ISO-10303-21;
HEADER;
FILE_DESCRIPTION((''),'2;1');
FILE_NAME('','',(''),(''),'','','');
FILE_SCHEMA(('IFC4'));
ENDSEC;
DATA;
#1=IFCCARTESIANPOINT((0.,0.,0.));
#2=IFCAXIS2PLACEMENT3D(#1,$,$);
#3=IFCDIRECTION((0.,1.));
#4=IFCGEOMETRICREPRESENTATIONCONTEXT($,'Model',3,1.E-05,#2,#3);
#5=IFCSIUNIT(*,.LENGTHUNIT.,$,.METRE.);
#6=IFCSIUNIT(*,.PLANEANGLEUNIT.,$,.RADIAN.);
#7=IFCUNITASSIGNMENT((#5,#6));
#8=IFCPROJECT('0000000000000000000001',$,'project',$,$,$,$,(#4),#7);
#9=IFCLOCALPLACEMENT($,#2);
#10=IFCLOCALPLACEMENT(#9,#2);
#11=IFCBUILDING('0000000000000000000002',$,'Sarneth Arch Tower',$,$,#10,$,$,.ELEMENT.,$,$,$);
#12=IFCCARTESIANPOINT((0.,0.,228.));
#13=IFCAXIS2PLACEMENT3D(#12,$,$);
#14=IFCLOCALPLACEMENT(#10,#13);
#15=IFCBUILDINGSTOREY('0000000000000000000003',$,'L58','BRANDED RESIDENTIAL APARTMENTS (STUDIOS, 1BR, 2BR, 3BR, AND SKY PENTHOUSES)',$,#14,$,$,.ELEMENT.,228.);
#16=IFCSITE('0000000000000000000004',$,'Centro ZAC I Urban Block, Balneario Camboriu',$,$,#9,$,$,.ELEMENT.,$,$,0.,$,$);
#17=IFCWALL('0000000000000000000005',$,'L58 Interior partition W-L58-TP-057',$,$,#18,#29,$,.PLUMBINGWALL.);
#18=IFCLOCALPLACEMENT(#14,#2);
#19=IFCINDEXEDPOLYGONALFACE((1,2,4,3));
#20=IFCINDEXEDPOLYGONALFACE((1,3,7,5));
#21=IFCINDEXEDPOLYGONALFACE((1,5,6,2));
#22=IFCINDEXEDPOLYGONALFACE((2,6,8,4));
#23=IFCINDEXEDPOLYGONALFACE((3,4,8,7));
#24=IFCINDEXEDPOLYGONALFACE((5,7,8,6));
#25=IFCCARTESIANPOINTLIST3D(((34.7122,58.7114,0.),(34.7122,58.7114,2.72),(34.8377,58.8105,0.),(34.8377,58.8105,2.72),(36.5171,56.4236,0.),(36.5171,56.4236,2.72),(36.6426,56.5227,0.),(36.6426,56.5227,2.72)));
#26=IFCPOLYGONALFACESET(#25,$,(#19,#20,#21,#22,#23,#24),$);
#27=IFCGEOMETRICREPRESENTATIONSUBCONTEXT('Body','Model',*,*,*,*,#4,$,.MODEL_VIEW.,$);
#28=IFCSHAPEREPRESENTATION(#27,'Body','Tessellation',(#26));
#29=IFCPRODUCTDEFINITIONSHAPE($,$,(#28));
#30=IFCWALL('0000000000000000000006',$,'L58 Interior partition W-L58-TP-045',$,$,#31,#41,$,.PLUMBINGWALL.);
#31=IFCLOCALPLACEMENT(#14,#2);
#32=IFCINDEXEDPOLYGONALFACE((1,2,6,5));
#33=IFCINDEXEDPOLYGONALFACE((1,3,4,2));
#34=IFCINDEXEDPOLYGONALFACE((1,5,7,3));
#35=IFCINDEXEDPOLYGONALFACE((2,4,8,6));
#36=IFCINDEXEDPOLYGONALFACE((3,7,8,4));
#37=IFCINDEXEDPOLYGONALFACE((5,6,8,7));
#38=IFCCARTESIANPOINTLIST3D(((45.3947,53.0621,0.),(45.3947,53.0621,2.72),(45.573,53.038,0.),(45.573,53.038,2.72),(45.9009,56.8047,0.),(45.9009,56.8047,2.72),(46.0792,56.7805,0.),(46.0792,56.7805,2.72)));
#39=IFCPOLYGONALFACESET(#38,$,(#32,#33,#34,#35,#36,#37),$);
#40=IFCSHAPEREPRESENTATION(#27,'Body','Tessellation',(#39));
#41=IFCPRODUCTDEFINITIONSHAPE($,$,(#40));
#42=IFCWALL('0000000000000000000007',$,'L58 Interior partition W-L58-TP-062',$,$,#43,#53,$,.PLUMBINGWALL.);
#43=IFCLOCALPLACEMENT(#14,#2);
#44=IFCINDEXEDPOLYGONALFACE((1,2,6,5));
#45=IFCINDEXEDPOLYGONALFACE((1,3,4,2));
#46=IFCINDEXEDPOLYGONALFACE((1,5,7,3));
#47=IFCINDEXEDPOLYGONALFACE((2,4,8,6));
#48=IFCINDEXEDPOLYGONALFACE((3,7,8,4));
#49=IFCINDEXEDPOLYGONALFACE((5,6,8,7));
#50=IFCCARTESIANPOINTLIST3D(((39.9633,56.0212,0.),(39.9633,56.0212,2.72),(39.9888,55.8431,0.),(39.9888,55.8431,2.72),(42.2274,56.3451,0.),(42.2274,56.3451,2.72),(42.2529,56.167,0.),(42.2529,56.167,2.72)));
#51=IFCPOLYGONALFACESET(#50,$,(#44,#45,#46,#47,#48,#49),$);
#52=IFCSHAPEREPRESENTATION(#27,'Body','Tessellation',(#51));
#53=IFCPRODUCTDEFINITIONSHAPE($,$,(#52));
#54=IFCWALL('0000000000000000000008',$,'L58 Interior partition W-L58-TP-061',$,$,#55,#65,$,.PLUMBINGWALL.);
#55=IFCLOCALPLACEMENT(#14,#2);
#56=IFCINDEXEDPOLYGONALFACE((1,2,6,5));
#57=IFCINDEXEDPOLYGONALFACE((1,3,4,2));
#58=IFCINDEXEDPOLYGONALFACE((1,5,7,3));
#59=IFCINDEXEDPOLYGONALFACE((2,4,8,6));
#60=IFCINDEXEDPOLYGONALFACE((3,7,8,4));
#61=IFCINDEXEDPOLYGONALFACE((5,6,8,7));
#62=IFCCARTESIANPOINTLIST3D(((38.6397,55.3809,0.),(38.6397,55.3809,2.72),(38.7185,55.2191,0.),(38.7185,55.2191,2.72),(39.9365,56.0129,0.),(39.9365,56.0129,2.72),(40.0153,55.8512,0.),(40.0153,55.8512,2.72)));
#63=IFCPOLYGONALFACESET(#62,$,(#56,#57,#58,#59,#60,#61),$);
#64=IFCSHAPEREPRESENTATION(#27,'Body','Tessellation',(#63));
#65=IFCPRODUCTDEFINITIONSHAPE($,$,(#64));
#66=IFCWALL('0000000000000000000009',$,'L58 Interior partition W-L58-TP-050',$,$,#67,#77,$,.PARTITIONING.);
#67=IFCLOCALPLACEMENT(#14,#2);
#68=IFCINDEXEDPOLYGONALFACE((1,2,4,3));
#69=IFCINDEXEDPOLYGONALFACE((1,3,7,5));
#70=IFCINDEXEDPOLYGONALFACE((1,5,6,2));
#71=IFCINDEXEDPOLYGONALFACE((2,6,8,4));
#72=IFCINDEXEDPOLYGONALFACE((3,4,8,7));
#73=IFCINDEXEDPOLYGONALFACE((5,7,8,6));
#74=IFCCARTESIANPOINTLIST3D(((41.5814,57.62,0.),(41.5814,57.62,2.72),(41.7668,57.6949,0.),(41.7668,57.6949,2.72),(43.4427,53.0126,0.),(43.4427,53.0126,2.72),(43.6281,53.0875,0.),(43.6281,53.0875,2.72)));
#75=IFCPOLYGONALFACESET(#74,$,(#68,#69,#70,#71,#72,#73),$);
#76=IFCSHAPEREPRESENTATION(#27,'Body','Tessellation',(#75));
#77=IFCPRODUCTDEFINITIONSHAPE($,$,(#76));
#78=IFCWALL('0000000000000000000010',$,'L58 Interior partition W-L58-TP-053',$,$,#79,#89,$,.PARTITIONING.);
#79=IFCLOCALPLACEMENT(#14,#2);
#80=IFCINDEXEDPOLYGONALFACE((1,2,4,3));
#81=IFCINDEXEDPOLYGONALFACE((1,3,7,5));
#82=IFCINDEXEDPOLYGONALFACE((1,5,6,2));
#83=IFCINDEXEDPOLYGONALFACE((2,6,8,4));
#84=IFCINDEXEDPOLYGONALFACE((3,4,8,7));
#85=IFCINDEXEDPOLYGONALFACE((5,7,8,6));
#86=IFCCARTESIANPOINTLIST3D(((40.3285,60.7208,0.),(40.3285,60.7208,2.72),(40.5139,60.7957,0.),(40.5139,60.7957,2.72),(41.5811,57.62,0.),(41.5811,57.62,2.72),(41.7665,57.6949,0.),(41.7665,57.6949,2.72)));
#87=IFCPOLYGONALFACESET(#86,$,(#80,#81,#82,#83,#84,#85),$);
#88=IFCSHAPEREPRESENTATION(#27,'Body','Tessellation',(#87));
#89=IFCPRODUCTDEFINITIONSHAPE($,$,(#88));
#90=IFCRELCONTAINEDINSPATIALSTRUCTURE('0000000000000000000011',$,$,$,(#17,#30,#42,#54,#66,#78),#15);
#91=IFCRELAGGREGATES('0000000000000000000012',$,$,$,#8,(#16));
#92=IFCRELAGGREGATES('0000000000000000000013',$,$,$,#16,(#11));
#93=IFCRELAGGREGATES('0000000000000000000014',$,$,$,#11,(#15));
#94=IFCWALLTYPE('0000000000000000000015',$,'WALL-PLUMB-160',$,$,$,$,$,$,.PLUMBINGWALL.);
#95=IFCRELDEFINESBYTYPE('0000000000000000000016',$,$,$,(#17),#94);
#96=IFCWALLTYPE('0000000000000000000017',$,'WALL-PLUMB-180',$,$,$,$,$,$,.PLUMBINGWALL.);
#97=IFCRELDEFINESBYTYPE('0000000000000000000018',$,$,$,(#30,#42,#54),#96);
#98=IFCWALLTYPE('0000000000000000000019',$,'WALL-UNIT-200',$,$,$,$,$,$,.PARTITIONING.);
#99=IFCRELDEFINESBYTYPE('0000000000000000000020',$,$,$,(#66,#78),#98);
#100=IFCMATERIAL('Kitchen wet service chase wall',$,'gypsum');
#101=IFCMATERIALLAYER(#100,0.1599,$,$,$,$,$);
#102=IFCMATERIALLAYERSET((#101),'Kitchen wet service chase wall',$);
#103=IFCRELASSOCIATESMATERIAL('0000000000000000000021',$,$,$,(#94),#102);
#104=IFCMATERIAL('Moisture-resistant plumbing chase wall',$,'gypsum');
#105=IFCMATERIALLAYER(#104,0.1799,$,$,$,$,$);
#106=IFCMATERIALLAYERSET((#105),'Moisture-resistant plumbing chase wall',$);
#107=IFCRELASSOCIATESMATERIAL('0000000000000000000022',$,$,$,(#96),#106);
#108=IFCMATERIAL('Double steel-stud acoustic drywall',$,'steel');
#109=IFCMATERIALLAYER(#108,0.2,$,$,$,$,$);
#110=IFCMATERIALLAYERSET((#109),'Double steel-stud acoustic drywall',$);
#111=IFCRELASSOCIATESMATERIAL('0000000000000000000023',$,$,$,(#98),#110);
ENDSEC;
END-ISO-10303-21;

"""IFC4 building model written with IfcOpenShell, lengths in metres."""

from ifc_helpers import new_model, si_unit, direction, frame, frame_2d, origin, place, context, subcontext, project, spatial, rectangle, extrude, material, layer, layer_set, type_object, element, save


model = new_model("IFC4")

# Units and contexts
model_context = context("Model", 3, precision=1e-05, world=origin(), true_north=direction((0.0, 1.0)))
body_context = subcontext(model_context, "Body", "Model", "MODEL_VIEW")
ifc_project = project(units=[si_unit("LENGTHUNIT", "METRE"), si_unit("PLANEANGLEUNIT", "RADIAN")], contexts=[model_context])

# Site, building, storey
site_placement = place(None, origin())
site = spatial("IfcSite", under=ifc_project, at=site_placement, Name="Centro ZAC I Urban Block, Balneario Camboriu", CompositionType="ELEMENT", RefElevation=0.0)
building_placement = place(site_placement, origin())
building = spatial("IfcBuilding", under=site, at=building_placement, Name="Sarneth Arch Tower", CompositionType="ELEMENT")
storey_placement = place(building_placement, frame((0.0, 0.0, 228.0)))
storey = spatial("IfcBuildingStorey", under=building, at=storey_placement, Name="L58", Description="BRANDED RESIDENTIAL APARTMENTS (STUDIOS, 1BR, 2BR, 3BR, AND SKY PENTHOUSES)", CompositionType="ELEMENT", Elevation=228.0)

# Walls
ifc_material_1 = material(Name="Kitchen wet service chase wall", Category="gypsum")
ifc_layer_1 = layer(ifc_material_1, 0.1599)
ifc_layer_set_1 = layer_set([ifc_layer_1], Name="Kitchen wet service chase wall")
wall_type_1 = type_object("IfcWallType", Name="WALL-PLUMB-160", PredefinedType="PLUMBINGWALL", material=ifc_layer_set_1)
wall_1_placement = place(storey_placement, frame((36.5798, 56.4731, 0.0), z_axis=(0.0, 0.0, 1.0), x_axis=(-0.619378, 0.785093, 0.0)))
element("IfcWall", 1, at=wall_1_placement, inside=storey, type_object=wall_type_1, Name="L58 Interior partition W-L58-TP-057", PredefinedType="PLUMBINGWALL", context=body_context, shape_type="SweptSolid", body=[
    extrude(rectangle(XDim=2.9141, YDim=0.1599, at=frame_2d((1.457, 0.0))), origin(), (0.0, 0.0, 1.0), 2.72),
])
ifc_material_2 = material(Name="Moisture-resistant plumbing chase wall", Category="gypsum")
ifc_layer_2 = layer(ifc_material_2, 0.1799)
ifc_layer_set_2 = layer_set([ifc_layer_2], Name="Moisture-resistant plumbing chase wall")
wall_type_2 = type_object("IfcWallType", Name="WALL-PLUMB-180", PredefinedType="PLUMBINGWALL", material=ifc_layer_set_2)
wall_2_placement = place(storey_placement, frame((45.99, 56.7925, 0.0), z_axis=(0.0, 0.0, 1.0), x_axis=(-0.134014, -0.990979, 0.0)))
element("IfcWall", 2, at=wall_2_placement, inside=storey, type_object=wall_type_2, Name="L58 Interior partition W-L58-TP-045", PredefinedType="PLUMBINGWALL", context=body_context, shape_type="SweptSolid", body=[
    extrude(rectangle(XDim=3.7766, YDim=0.1799, at=frame_2d((1.8882, 0.0))), origin(), (0.0, 0.0, 1.0), 2.72),
])
wall_3_placement = place(storey_placement, frame((39.9761, 55.9321, 0.0), z_axis=(0.0, 0.0, 1.0), x_axis=(0.989917, 0.141646, 0.0)))
element("IfcWall", 3, at=wall_3_placement, inside=storey, type_object=wall_type_2, Name="L58 Interior partition W-L58-TP-062", PredefinedType="PLUMBINGWALL", context=body_context, shape_type="SweptSolid", body=[
    extrude(rectangle(XDim=2.2871, YDim=0.1799, at=frame_2d((1.1436, 0.0))), origin(), (0.0, 0.0, 1.0), 2.72),
])
wall_4_placement = place(storey_placement, frame((38.6792, 55.3, 0.0), z_axis=(0.0, 0.0, 1.0), x_axis=(0.898916, 0.43812, 0.0)))
element("IfcWall", 4, at=wall_4_placement, inside=storey, type_object=wall_type_2, Name="L58 Interior partition W-L58-TP-061", PredefinedType="PLUMBINGWALL", context=body_context, shape_type="SweptSolid", body=[
    extrude(rectangle(XDim=1.4426, YDim=0.1799, at=frame_2d((0.7212, 0.0))), origin(), (0.0, 0.0, 1.0), 2.72),
])
ifc_material_3 = material(Name="Double steel-stud acoustic drywall", Category="steel")
ifc_layer_3 = layer(ifc_material_3, 0.2)
ifc_layer_set_3 = layer_set([ifc_layer_3], Name="Double steel-stud acoustic drywall")
wall_type_3 = type_object("IfcWallType", Name="WALL-UNIT-200", PredefinedType="PARTITIONING", material=ifc_layer_set_3)
wall_5_placement = place(storey_placement, frame((41.6741, 57.6575, 0.0), z_axis=(0.0, 0.0, 1.0), x_axis=(0.374574, -0.927197, 0.0)))
element("IfcWall", 5, at=wall_5_placement, inside=storey, type_object=wall_type_3, Name="L58 Interior partition W-L58-TP-050", PredefinedType="PARTITIONING", context=body_context, shape_type="SweptSolid", body=[
    extrude(rectangle(XDim=4.9692, YDim=0.2, at=frame_2d((2.4846, 0.0))), origin(), (0.0, 0.0, 1.0), 2.72),
])
wall_6_placement = place(storey_placement, frame((41.6738, 57.6575, 0.0), z_axis=(0.0, 0.0, 1.0), x_axis=(-0.374573, 0.927197, 0.0)))
element("IfcWall", 6, at=wall_6_placement, inside=storey, type_object=wall_type_3, Name="L58 Interior partition W-L58-TP-053", PredefinedType="PARTITIONING", context=body_context, shape_type="SweptSolid", body=[
    extrude(rectangle(XDim=3.3442, YDim=0.2, at=frame_2d((1.6721, 0.0))), origin(), (0.0, 0.0, 1.0), 2.72),
])

save(model, "model.ifc")
